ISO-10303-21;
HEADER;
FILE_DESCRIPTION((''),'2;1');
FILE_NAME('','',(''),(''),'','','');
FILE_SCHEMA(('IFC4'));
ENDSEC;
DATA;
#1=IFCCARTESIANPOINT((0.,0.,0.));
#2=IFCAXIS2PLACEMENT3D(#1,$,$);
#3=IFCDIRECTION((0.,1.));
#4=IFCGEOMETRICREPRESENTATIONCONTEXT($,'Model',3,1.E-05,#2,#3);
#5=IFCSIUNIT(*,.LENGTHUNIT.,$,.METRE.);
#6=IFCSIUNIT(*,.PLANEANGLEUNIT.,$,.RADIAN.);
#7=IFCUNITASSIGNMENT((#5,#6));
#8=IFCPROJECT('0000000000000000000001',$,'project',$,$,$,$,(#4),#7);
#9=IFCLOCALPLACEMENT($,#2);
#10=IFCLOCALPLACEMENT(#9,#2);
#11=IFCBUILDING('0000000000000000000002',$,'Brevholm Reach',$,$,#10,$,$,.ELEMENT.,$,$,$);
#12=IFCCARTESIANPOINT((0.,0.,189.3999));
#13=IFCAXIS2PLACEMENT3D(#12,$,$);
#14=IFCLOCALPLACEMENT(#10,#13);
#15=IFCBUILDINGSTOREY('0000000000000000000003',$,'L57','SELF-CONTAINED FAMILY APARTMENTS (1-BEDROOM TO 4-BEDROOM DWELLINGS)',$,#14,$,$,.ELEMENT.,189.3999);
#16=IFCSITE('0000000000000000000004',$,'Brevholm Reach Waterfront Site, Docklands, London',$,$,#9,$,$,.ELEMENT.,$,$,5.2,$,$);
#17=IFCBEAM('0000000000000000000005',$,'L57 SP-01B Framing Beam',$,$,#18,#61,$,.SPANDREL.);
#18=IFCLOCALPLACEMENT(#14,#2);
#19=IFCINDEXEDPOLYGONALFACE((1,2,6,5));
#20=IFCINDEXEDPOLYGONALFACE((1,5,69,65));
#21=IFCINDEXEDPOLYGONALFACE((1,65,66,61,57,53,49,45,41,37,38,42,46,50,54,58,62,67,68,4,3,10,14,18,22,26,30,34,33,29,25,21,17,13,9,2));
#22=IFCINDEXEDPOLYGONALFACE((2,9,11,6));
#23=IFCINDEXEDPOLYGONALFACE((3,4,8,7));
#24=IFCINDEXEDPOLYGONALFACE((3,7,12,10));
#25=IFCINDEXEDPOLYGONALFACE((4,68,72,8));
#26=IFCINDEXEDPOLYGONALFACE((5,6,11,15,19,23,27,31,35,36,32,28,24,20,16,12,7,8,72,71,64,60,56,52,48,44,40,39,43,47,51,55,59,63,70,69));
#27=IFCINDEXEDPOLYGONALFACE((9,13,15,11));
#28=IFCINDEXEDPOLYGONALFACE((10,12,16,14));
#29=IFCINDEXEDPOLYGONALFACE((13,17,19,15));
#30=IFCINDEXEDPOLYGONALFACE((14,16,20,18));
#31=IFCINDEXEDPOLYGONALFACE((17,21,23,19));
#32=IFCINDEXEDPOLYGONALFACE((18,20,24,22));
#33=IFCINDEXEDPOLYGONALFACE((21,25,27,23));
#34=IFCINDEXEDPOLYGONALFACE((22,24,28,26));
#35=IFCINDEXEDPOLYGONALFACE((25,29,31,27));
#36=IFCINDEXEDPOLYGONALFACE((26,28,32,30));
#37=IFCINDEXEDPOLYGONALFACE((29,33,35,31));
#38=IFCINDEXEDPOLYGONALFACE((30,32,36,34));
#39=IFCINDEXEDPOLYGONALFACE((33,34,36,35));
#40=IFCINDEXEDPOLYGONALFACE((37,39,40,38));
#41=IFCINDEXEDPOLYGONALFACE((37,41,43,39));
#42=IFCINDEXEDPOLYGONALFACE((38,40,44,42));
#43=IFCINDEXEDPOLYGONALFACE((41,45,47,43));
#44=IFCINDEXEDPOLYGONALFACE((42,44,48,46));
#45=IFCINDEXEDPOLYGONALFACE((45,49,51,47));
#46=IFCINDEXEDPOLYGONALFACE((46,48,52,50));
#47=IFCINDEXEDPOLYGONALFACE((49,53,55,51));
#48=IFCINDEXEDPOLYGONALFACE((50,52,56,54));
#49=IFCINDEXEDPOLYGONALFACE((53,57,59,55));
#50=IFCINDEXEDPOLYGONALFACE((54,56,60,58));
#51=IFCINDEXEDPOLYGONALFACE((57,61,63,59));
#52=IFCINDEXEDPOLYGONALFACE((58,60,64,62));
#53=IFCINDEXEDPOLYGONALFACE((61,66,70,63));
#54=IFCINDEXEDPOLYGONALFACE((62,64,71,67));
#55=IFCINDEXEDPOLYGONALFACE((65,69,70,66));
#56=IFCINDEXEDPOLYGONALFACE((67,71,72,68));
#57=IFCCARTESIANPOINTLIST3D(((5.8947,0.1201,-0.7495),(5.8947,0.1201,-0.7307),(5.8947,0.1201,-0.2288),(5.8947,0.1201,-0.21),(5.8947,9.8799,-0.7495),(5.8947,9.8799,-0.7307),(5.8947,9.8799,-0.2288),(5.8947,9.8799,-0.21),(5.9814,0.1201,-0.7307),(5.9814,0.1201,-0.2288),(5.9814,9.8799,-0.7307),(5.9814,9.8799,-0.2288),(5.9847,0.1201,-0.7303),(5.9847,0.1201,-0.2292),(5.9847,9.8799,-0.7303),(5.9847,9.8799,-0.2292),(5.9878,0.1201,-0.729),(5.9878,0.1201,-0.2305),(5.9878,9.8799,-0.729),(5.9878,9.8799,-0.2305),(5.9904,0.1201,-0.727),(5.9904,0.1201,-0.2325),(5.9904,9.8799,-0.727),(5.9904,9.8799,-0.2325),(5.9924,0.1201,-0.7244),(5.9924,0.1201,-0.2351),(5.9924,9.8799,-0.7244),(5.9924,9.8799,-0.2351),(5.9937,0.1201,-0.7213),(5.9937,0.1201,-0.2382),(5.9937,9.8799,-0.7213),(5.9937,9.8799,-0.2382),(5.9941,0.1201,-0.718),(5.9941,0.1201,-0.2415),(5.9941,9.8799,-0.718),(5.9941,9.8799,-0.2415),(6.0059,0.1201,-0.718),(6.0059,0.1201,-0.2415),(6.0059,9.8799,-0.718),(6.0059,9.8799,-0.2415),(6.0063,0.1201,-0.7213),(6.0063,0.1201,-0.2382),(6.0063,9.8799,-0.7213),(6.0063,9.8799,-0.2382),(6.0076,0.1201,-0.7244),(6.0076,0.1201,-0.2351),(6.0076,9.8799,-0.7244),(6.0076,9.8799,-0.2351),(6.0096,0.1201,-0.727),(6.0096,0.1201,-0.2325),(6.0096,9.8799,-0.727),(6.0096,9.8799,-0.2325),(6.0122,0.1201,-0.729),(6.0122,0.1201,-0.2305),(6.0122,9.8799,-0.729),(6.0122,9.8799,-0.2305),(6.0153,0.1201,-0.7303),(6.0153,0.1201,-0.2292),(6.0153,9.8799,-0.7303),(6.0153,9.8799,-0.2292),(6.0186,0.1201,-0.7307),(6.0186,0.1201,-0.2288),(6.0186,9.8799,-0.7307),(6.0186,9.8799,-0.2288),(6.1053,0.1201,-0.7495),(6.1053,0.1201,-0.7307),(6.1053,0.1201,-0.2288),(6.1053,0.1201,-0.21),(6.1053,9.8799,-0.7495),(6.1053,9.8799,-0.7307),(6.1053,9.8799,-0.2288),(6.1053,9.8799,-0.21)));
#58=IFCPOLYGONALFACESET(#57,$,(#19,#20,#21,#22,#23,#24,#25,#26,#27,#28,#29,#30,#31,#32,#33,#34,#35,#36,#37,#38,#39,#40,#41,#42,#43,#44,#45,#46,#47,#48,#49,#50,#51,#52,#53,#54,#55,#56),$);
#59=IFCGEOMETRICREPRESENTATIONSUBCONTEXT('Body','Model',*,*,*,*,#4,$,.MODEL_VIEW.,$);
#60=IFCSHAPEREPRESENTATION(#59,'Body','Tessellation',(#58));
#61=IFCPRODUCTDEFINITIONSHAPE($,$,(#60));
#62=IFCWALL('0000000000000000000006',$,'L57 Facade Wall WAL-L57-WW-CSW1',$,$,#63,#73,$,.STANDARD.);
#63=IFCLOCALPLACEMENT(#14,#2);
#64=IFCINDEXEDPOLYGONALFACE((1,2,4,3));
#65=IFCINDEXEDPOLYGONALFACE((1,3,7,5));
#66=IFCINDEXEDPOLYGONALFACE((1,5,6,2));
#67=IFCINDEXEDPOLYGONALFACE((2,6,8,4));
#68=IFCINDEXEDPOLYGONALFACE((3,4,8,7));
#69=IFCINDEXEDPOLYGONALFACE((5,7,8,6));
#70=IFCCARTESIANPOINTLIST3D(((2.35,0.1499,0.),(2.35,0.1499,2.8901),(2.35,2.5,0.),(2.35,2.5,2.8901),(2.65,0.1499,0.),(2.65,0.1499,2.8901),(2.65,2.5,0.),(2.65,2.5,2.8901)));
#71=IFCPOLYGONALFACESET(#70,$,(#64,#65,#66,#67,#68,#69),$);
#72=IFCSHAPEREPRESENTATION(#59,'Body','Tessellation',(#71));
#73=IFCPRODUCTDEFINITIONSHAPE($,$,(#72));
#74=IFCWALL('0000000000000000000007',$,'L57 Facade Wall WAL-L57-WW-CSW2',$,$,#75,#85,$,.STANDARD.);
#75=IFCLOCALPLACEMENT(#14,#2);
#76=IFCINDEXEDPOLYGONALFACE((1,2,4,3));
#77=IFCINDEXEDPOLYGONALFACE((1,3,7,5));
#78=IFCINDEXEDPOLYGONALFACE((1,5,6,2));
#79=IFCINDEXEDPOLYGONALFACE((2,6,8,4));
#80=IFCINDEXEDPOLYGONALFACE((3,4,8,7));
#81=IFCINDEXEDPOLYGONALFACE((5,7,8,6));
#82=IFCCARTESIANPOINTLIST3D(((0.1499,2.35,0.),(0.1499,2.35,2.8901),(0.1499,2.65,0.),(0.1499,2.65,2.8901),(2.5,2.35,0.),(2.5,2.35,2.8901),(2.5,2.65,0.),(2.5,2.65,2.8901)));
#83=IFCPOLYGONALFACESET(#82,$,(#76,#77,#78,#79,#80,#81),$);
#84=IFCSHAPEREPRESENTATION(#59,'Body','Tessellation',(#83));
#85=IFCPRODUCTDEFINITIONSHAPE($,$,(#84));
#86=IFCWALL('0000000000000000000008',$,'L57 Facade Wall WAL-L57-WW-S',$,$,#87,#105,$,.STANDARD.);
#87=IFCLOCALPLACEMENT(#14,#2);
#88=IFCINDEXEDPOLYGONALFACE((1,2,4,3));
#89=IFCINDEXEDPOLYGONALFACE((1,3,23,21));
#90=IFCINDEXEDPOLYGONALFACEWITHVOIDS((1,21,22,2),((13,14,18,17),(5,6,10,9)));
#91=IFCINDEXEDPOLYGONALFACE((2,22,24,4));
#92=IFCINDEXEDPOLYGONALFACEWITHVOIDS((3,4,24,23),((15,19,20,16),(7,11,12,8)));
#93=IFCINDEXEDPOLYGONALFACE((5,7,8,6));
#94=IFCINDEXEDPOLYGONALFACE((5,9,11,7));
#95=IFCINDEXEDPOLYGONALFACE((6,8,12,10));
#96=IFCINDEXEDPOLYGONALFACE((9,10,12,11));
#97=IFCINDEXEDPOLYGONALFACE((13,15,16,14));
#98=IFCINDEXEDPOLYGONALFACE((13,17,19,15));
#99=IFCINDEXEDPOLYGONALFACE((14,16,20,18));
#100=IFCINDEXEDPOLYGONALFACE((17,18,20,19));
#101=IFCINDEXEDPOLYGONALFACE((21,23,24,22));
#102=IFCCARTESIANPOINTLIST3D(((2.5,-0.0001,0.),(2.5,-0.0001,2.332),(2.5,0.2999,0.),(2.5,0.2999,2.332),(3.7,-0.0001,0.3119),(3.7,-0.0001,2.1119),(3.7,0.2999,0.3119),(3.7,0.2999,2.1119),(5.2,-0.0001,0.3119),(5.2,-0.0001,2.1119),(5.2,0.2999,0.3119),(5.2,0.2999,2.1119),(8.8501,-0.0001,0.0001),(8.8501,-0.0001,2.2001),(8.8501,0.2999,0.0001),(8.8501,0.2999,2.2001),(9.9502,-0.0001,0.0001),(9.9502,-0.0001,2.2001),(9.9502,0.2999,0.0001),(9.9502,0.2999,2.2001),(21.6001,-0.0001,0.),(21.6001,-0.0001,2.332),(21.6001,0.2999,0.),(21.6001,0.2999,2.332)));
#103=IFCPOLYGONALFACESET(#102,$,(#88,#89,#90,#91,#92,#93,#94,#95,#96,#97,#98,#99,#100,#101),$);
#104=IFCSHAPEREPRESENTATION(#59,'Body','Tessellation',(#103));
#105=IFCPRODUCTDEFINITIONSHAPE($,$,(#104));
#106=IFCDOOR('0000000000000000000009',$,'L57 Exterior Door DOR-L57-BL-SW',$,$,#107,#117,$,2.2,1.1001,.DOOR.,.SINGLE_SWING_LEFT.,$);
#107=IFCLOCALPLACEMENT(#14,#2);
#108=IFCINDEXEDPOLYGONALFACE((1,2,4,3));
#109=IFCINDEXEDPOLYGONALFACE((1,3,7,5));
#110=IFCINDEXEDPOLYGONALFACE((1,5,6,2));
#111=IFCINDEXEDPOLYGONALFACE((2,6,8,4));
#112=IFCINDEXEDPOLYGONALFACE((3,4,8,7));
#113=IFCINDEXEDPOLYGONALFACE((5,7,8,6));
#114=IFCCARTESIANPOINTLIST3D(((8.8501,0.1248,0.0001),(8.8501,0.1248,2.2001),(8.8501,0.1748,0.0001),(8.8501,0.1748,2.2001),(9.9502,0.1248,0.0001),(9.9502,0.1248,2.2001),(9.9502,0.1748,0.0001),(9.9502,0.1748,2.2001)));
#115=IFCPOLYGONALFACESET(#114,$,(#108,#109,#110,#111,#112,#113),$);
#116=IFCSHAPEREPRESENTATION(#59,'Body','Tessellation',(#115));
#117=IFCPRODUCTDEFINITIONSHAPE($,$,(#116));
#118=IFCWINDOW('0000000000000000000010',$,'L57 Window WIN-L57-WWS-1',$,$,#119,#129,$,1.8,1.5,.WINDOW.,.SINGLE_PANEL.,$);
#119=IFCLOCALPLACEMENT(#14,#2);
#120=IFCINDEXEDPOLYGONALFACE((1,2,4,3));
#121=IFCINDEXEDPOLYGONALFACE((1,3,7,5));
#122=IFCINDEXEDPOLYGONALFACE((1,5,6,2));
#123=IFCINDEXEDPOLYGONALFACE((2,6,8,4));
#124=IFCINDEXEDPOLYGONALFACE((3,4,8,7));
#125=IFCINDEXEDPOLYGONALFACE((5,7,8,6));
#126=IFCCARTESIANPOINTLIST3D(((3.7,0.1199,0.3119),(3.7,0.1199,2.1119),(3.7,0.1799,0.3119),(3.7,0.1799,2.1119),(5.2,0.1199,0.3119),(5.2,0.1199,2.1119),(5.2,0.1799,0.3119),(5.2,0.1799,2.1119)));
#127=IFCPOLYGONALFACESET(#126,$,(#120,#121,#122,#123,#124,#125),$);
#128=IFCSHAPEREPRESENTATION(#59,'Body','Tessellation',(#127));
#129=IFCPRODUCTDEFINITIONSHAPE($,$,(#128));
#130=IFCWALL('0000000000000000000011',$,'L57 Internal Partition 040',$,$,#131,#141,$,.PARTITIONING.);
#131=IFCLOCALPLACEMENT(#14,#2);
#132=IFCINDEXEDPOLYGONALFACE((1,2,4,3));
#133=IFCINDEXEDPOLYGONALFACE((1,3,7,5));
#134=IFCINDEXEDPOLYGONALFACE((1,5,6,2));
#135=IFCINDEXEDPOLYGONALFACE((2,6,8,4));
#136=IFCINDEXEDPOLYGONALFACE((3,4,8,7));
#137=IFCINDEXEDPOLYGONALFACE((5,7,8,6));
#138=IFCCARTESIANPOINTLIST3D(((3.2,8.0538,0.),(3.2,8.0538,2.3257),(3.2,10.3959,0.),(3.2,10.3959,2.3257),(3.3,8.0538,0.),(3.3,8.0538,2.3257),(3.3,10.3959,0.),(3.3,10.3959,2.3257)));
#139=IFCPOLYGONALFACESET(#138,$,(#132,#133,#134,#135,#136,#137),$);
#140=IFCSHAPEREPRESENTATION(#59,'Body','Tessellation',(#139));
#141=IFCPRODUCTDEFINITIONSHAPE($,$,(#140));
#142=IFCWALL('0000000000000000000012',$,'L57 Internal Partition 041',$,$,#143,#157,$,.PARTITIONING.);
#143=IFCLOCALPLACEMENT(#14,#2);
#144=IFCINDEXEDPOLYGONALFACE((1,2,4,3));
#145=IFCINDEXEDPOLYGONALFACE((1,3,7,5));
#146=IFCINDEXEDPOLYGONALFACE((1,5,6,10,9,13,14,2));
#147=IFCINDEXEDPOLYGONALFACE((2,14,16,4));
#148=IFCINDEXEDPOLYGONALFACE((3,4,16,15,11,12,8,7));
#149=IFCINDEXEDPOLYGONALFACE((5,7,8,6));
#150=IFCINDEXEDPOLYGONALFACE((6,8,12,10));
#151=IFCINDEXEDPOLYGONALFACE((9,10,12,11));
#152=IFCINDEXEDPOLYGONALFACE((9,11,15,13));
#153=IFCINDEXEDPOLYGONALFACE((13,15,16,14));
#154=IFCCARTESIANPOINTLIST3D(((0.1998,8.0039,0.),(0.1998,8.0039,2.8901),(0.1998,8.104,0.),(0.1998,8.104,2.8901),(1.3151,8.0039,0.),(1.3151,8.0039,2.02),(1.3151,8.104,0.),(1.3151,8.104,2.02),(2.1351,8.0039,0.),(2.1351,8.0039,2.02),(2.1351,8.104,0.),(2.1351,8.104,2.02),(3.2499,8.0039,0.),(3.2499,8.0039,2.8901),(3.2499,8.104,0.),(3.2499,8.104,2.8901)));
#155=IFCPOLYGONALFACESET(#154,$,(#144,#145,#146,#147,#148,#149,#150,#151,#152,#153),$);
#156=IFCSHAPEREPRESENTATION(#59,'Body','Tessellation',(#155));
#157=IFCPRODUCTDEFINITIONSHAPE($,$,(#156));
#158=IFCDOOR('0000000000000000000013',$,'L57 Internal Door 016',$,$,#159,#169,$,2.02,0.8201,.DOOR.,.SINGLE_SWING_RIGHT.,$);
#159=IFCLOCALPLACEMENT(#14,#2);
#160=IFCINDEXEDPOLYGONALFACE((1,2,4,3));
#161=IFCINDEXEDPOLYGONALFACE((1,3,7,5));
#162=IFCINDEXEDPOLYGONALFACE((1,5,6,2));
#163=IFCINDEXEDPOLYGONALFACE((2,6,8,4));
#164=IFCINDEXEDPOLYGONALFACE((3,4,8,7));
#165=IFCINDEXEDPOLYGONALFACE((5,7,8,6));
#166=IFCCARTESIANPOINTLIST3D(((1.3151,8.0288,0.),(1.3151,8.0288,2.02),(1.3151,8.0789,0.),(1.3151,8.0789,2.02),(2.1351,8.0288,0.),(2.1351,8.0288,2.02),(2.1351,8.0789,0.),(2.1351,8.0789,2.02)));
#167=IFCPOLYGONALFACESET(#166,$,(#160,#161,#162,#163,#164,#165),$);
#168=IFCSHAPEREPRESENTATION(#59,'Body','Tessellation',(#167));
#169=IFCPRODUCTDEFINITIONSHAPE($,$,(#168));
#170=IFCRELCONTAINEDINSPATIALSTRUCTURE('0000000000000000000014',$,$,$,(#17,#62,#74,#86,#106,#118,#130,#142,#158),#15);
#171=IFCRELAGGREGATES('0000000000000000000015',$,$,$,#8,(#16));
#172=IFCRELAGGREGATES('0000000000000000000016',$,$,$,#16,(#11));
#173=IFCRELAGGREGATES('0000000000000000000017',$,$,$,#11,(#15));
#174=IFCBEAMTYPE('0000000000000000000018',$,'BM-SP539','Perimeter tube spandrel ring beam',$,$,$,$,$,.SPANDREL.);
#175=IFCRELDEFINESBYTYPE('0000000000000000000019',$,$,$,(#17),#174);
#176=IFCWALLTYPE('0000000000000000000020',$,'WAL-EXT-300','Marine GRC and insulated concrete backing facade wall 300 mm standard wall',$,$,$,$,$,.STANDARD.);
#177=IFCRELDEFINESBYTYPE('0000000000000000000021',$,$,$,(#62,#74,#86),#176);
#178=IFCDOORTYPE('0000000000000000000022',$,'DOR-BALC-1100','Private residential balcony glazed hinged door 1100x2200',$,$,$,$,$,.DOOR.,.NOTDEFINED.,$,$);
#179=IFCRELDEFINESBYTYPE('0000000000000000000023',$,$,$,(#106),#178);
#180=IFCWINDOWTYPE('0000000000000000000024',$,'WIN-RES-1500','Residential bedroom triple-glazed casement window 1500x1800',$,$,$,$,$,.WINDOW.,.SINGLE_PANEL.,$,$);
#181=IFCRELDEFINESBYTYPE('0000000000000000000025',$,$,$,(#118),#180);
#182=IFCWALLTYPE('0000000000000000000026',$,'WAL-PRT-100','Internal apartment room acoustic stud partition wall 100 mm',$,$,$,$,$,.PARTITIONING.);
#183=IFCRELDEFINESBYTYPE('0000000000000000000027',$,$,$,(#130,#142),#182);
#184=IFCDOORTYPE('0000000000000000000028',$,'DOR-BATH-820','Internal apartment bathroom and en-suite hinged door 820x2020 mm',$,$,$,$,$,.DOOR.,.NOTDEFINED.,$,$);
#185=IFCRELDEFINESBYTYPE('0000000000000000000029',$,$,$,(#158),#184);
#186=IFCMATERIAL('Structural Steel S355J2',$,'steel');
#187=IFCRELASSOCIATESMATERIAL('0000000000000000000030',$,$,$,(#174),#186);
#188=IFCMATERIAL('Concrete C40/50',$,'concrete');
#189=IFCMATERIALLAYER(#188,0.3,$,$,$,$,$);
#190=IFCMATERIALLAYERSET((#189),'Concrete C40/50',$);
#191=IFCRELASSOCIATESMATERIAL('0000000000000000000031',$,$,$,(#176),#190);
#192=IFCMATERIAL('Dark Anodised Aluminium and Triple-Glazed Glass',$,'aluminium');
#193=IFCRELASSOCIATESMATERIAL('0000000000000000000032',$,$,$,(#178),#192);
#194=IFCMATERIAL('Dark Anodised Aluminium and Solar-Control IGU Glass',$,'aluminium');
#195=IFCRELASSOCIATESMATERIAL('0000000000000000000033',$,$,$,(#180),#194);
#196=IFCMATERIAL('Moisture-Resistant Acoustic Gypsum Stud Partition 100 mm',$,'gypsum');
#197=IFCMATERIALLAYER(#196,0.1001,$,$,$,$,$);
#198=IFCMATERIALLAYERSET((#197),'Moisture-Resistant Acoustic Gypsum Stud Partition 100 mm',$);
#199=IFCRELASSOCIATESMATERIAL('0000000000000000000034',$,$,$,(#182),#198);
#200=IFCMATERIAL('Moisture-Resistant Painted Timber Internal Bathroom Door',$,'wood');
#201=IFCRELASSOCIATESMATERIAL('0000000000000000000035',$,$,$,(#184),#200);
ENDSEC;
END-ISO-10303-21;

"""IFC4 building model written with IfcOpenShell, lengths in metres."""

from ifc_helpers import new_model, si_unit, direction, frame, frame_2d, origin, origin_2d, place, context, subcontext, project, spatial, rectangle, i_section, extrude, material, layer, layer_set, material_profile, profile_set, type_object, element, fill, save


model = new_model("IFC4")

# Units and contexts
model_context = context("Model", 3, precision=1e-05, world=origin(), true_north=direction((0.0, 1.0)))
body_context = subcontext(model_context, "Body", "Model", "MODEL_VIEW")
ifc_project = project(units=[si_unit("LENGTHUNIT", "METRE"), si_unit("PLANEANGLEUNIT", "RADIAN")], contexts=[model_context])

# Site, building, storey
site_placement = place(None, origin())
site = spatial("IfcSite", under=ifc_project, at=site_placement, Name="Brevholm Reach Waterfront Site, Docklands, London", CompositionType="ELEMENT", RefElevation=5.2)
building_placement = place(site_placement, origin())
building = spatial("IfcBuilding", under=site, at=building_placement, Name="Brevholm Reach", CompositionType="ELEMENT")
storey_placement = place(building_placement, frame((0.0, 0.0, 189.3999)))
storey = spatial("IfcBuildingStorey", under=building, at=storey_placement, Name="L57", Description="SELF-CONTAINED FAMILY APARTMENTS (1-BEDROOM TO 4-BEDROOM DWELLINGS)", CompositionType="ELEMENT", Elevation=189.3999)

# Beam
ifc_material_1 = material(Name="Structural Steel S355J2", Category="steel")
ifc_material_profile_1 = material_profile(ifc_material_1, i_section(OverallWidth=0.2107, OverallDepth=0.5396, WebThickness=0.0117, FlangeThickness=0.0188, FilletRadius=0.0127, at=origin_2d()), Name="UKB 533x210x109")
ifc_profile_set_1 = profile_set([ifc_material_profile_1], Name="Structural Steel S355J2")
beam_type_1 = type_object("IfcBeamType", Name="BM-SP539", Description="Perimeter tube spandrel ring beam", PredefinedType="SPANDREL", material=ifc_profile_set_1)
beam_1_placement = place(storey_placement, frame((6.0, 0.1201, -0.4797), z_axis=(0.0, 1.0, 0.0), x_axis=(-1.0, 0.0, 0.0)))
element("IfcBeam", 1, at=beam_1_placement, inside=storey, type_object=beam_type_1, Name="L57 SP-01B Framing Beam", PredefinedType="SPANDREL", context=body_context, shape_type="SweptSolid", body=[
    extrude(i_section(OverallWidth=0.2107, OverallDepth=0.5396, WebThickness=0.0117, FlangeThickness=0.0188, FilletRadius=0.0127, at=origin_2d()), origin(), (0.0, 0.0, 1.0), 9.7598),
])

# Walls
ifc_material_2 = material(Name="Concrete C40/50", Category="concrete")
ifc_layer_1 = layer(ifc_material_2, 0.3)
ifc_layer_set_1 = layer_set([ifc_layer_1], Name="Concrete C40/50")
wall_type_1 = type_object("IfcWallType", Name="WAL-EXT-300", Description="Marine GRC and insulated concrete backing facade wall 300 mm standard wall", PredefinedType="STANDARD", material=ifc_layer_set_1)
for number, where, z_axis, x_axis, name in (
    (2, (2.5, 2.5, 0.0), (0.0, 0.0, 1.0), (0.0, -1.0, 0.0), "L57 Facade Wall WAL-L57-WW-CSW1"),
    (3, (0.1499, 2.5, 0.0), (0.0, 0.0, 1.0), (1.0, 0.0, 0.0), "L57 Facade Wall WAL-L57-WW-CSW2"),
):
    element("IfcWall", number, at=place(storey_placement, frame(where, z_axis=z_axis, x_axis=x_axis)), inside=storey, type_object=wall_type_1, Name=name, PredefinedType="STANDARD", context=body_context, shape_type="SweptSolid", body=[
        extrude(rectangle(XDim=2.3501, YDim=0.3, at=frame_2d((1.175, 0.0))), origin(), (0.0, 0.0, 1.0), 2.8901),
    ])

# Wall, openings, door, window
wall_1_placement = place(storey_placement, frame((2.5, 0.1499, 0.0), z_axis=(0.0, 0.0, 1.0), x_axis=(1.0, 0.0, 0.0)))
wall_1 = element("IfcWall", 4, at=wall_1_placement, inside=storey, type_object=wall_type_1, Name="L57 Facade Wall WAL-L57-WW-S", PredefinedType="STANDARD", context=body_context, shape_type="SweptSolid", body=[
    extrude(rectangle(XDim=19.1001, YDim=0.3, at=frame_2d((9.55, 0.0))), origin(), (0.0, 0.0, 1.0), 2.332),
])
opening_1_placement = place(wall_1_placement, frame((6.3501, 0.0, 0.0)))
opening_1 = element("IfcOpeningElement", 5, at=opening_1_placement, cuts=wall_1, PredefinedType="OPENING", context=body_context, shape_type="SweptSolid", body=[
    extrude(rectangle(XDim=1.1001, YDim=2.2, at=frame_2d((0.55, 1.1001))), frame((0.0, 0.1599, 0.0), z_axis=(0.0, -1.0, 0.0), x_axis=(1.0, 0.0, 0.0)), (0.0, 0.0, 1.0), 0.3201),
])
opening_2_placement = place(wall_1_placement, frame((1.2, 0.0, 0.312)))
opening_2 = element("IfcOpeningElement", 6, at=opening_2_placement, cuts=wall_1, PredefinedType="OPENING", context=body_context, shape_type="SweptSolid", body=[
    extrude(rectangle(XDim=1.5, YDim=1.8, at=frame_2d((0.75, 0.8999))), frame((0.0, 0.1599, 0.0), z_axis=(0.0, -1.0, 0.0), x_axis=(1.0, 0.0, 0.0)), (0.0, 0.0, 1.0), 0.3201),
])
ifc_material_3 = material(Name="Dark Anodised Aluminium and Triple-Glazed Glass", Category="aluminium")
door_type_1 = type_object("IfcDoorType", Name="DOR-BALC-1100", Description="Private residential balcony glazed hinged door 1100x2200", OperationType="NOTDEFINED", PredefinedType="DOOR", material=ifc_material_3)
door_1_placement = place(opening_1_placement, origin())
door_1 = element("IfcDoor", 7, at=door_1_placement, inside=storey, type_object=door_type_1, Name="L57 Exterior Door DOR-L57-BL-SW", OperationType="SINGLE_SWING_LEFT", OverallHeight=2.2, OverallWidth=1.1001, PredefinedType="DOOR", context=body_context, shape_type="SweptSolid", body=[
    extrude(rectangle(XDim=1.1001, YDim=2.2, at=frame_2d((0.55, 1.1001))), frame((0.0, 0.0249, 0.0), z_axis=(0.0, -1.0, 0.0), x_axis=(1.0, 0.0, 0.0)), (0.0, 0.0, 1.0), 0.05),
])
fill(opening_1, door_1)
ifc_material_4 = material(Name="Dark Anodised Aluminium and Solar-Control IGU Glass", Category="aluminium")
window_type = type_object("IfcWindowType", Name="WIN-RES-1500", Description="Residential bedroom triple-glazed casement window 1500x1800", PartitioningType="SINGLE_PANEL", PredefinedType="WINDOW", material=ifc_material_4)
window_placement = place(opening_2_placement, origin())
window = element("IfcWindow", 8, at=window_placement, inside=storey, type_object=window_type, Name="L57 Window WIN-L57-WWS-1", OverallHeight=1.8, OverallWidth=1.5, PartitioningType="SINGLE_PANEL", PredefinedType="WINDOW", context=body_context, shape_type="SweptSolid", body=[
    extrude(rectangle(XDim=1.5, YDim=1.8, at=frame_2d((0.75, 0.8999))), frame((0.0, 0.03, 0.0), z_axis=(0.0, -1.0, 0.0), x_axis=(1.0, 0.0, 0.0)), (0.0, 0.0, 1.0), 0.0601),
])
fill(opening_2, window)

# Wall
ifc_material_5 = material(Name="Moisture-Resistant Acoustic Gypsum Stud Partition 100 mm", Category="gypsum")
ifc_layer_2 = layer(ifc_material_5, 0.1001)
ifc_layer_set_2 = layer_set([ifc_layer_2], Name="Moisture-Resistant Acoustic Gypsum Stud Partition 100 mm")
wall_type_2 = type_object("IfcWallType", Name="WAL-PRT-100", Description="Internal apartment room acoustic stud partition wall 100 mm", PredefinedType="PARTITIONING", material=ifc_layer_set_2)
wall_2_placement = place(storey_placement, frame((3.25, 8.054, 0.0), z_axis=(0.0, 0.0, 1.0), x_axis=(0.0, 1.0, 0.0)))
element("IfcWall", 9, at=wall_2_placement, inside=storey, type_object=wall_type_2, Name="L57 Internal Partition 040", PredefinedType="PARTITIONING", context=body_context, shape_type="SweptSolid", body=[
    extrude(rectangle(XDim=2.342, YDim=0.1001, at=frame_2d((1.1709, 0.0))), origin(), (0.0, 0.0, 1.0), 2.3257),
])

# Wall, opening, door
wall_3_placement = place(storey_placement, frame((0.2, 8.054, 0.0), z_axis=(0.0, 0.0, 1.0), x_axis=(1.0, 0.0, 0.0)))
wall_3 = element("IfcWall", 10, at=wall_3_placement, inside=storey, type_object=wall_type_2, Name="L57 Internal Partition 041", PredefinedType="PARTITIONING", context=body_context, shape_type="SweptSolid", body=[
    extrude(rectangle(XDim=3.05, YDim=0.1001, at=frame_2d((1.5249, 0.0))), origin(), (0.0, 0.0, 1.0), 2.8901),
])
opening_3_placement = place(wall_3_placement, frame((1.115, 0.0, 0.0)))
opening_3 = element("IfcOpeningElement", 11, at=opening_3_placement, cuts=wall_3, PredefinedType="OPENING", context=body_context, shape_type="SweptSolid", body=[
    extrude(rectangle(XDim=0.8201, YDim=2.02, at=frame_2d((0.4102, 1.01))), frame((0.0, 0.0601, 0.0), z_axis=(0.0, -1.0, 0.0), x_axis=(1.0, 0.0, 0.0)), (0.0, 0.0, 1.0), 0.1201),
])
ifc_material_6 = material(Name="Moisture-Resistant Painted Timber Internal Bathroom Door", Category="wood")
door_type_2 = type_object("IfcDoorType", Name="DOR-BATH-820", Description="Internal apartment bathroom and en-suite hinged door 820x2020 mm", OperationType="NOTDEFINED", PredefinedType="DOOR", material=ifc_material_6)
door_2_placement = place(opening_3_placement, origin())
door_2 = element("IfcDoor", 12, at=door_2_placement, inside=storey, type_object=door_type_2, Name="L57 Internal Door 016", OperationType="SINGLE_SWING_RIGHT", OverallHeight=2.02, OverallWidth=0.8201, PredefinedType="DOOR", context=body_context, shape_type="SweptSolid", body=[
    extrude(rectangle(XDim=0.8201, YDim=2.02, at=frame_2d((0.4102, 1.01))), frame((0.0, 0.0249, 0.0), z_axis=(0.0, -1.0, 0.0), x_axis=(1.0, 0.0, 0.0)), (0.0, 0.0, 1.0), 0.05),
])
fill(opening_3, door_2)

save(model, "model.ifc")
